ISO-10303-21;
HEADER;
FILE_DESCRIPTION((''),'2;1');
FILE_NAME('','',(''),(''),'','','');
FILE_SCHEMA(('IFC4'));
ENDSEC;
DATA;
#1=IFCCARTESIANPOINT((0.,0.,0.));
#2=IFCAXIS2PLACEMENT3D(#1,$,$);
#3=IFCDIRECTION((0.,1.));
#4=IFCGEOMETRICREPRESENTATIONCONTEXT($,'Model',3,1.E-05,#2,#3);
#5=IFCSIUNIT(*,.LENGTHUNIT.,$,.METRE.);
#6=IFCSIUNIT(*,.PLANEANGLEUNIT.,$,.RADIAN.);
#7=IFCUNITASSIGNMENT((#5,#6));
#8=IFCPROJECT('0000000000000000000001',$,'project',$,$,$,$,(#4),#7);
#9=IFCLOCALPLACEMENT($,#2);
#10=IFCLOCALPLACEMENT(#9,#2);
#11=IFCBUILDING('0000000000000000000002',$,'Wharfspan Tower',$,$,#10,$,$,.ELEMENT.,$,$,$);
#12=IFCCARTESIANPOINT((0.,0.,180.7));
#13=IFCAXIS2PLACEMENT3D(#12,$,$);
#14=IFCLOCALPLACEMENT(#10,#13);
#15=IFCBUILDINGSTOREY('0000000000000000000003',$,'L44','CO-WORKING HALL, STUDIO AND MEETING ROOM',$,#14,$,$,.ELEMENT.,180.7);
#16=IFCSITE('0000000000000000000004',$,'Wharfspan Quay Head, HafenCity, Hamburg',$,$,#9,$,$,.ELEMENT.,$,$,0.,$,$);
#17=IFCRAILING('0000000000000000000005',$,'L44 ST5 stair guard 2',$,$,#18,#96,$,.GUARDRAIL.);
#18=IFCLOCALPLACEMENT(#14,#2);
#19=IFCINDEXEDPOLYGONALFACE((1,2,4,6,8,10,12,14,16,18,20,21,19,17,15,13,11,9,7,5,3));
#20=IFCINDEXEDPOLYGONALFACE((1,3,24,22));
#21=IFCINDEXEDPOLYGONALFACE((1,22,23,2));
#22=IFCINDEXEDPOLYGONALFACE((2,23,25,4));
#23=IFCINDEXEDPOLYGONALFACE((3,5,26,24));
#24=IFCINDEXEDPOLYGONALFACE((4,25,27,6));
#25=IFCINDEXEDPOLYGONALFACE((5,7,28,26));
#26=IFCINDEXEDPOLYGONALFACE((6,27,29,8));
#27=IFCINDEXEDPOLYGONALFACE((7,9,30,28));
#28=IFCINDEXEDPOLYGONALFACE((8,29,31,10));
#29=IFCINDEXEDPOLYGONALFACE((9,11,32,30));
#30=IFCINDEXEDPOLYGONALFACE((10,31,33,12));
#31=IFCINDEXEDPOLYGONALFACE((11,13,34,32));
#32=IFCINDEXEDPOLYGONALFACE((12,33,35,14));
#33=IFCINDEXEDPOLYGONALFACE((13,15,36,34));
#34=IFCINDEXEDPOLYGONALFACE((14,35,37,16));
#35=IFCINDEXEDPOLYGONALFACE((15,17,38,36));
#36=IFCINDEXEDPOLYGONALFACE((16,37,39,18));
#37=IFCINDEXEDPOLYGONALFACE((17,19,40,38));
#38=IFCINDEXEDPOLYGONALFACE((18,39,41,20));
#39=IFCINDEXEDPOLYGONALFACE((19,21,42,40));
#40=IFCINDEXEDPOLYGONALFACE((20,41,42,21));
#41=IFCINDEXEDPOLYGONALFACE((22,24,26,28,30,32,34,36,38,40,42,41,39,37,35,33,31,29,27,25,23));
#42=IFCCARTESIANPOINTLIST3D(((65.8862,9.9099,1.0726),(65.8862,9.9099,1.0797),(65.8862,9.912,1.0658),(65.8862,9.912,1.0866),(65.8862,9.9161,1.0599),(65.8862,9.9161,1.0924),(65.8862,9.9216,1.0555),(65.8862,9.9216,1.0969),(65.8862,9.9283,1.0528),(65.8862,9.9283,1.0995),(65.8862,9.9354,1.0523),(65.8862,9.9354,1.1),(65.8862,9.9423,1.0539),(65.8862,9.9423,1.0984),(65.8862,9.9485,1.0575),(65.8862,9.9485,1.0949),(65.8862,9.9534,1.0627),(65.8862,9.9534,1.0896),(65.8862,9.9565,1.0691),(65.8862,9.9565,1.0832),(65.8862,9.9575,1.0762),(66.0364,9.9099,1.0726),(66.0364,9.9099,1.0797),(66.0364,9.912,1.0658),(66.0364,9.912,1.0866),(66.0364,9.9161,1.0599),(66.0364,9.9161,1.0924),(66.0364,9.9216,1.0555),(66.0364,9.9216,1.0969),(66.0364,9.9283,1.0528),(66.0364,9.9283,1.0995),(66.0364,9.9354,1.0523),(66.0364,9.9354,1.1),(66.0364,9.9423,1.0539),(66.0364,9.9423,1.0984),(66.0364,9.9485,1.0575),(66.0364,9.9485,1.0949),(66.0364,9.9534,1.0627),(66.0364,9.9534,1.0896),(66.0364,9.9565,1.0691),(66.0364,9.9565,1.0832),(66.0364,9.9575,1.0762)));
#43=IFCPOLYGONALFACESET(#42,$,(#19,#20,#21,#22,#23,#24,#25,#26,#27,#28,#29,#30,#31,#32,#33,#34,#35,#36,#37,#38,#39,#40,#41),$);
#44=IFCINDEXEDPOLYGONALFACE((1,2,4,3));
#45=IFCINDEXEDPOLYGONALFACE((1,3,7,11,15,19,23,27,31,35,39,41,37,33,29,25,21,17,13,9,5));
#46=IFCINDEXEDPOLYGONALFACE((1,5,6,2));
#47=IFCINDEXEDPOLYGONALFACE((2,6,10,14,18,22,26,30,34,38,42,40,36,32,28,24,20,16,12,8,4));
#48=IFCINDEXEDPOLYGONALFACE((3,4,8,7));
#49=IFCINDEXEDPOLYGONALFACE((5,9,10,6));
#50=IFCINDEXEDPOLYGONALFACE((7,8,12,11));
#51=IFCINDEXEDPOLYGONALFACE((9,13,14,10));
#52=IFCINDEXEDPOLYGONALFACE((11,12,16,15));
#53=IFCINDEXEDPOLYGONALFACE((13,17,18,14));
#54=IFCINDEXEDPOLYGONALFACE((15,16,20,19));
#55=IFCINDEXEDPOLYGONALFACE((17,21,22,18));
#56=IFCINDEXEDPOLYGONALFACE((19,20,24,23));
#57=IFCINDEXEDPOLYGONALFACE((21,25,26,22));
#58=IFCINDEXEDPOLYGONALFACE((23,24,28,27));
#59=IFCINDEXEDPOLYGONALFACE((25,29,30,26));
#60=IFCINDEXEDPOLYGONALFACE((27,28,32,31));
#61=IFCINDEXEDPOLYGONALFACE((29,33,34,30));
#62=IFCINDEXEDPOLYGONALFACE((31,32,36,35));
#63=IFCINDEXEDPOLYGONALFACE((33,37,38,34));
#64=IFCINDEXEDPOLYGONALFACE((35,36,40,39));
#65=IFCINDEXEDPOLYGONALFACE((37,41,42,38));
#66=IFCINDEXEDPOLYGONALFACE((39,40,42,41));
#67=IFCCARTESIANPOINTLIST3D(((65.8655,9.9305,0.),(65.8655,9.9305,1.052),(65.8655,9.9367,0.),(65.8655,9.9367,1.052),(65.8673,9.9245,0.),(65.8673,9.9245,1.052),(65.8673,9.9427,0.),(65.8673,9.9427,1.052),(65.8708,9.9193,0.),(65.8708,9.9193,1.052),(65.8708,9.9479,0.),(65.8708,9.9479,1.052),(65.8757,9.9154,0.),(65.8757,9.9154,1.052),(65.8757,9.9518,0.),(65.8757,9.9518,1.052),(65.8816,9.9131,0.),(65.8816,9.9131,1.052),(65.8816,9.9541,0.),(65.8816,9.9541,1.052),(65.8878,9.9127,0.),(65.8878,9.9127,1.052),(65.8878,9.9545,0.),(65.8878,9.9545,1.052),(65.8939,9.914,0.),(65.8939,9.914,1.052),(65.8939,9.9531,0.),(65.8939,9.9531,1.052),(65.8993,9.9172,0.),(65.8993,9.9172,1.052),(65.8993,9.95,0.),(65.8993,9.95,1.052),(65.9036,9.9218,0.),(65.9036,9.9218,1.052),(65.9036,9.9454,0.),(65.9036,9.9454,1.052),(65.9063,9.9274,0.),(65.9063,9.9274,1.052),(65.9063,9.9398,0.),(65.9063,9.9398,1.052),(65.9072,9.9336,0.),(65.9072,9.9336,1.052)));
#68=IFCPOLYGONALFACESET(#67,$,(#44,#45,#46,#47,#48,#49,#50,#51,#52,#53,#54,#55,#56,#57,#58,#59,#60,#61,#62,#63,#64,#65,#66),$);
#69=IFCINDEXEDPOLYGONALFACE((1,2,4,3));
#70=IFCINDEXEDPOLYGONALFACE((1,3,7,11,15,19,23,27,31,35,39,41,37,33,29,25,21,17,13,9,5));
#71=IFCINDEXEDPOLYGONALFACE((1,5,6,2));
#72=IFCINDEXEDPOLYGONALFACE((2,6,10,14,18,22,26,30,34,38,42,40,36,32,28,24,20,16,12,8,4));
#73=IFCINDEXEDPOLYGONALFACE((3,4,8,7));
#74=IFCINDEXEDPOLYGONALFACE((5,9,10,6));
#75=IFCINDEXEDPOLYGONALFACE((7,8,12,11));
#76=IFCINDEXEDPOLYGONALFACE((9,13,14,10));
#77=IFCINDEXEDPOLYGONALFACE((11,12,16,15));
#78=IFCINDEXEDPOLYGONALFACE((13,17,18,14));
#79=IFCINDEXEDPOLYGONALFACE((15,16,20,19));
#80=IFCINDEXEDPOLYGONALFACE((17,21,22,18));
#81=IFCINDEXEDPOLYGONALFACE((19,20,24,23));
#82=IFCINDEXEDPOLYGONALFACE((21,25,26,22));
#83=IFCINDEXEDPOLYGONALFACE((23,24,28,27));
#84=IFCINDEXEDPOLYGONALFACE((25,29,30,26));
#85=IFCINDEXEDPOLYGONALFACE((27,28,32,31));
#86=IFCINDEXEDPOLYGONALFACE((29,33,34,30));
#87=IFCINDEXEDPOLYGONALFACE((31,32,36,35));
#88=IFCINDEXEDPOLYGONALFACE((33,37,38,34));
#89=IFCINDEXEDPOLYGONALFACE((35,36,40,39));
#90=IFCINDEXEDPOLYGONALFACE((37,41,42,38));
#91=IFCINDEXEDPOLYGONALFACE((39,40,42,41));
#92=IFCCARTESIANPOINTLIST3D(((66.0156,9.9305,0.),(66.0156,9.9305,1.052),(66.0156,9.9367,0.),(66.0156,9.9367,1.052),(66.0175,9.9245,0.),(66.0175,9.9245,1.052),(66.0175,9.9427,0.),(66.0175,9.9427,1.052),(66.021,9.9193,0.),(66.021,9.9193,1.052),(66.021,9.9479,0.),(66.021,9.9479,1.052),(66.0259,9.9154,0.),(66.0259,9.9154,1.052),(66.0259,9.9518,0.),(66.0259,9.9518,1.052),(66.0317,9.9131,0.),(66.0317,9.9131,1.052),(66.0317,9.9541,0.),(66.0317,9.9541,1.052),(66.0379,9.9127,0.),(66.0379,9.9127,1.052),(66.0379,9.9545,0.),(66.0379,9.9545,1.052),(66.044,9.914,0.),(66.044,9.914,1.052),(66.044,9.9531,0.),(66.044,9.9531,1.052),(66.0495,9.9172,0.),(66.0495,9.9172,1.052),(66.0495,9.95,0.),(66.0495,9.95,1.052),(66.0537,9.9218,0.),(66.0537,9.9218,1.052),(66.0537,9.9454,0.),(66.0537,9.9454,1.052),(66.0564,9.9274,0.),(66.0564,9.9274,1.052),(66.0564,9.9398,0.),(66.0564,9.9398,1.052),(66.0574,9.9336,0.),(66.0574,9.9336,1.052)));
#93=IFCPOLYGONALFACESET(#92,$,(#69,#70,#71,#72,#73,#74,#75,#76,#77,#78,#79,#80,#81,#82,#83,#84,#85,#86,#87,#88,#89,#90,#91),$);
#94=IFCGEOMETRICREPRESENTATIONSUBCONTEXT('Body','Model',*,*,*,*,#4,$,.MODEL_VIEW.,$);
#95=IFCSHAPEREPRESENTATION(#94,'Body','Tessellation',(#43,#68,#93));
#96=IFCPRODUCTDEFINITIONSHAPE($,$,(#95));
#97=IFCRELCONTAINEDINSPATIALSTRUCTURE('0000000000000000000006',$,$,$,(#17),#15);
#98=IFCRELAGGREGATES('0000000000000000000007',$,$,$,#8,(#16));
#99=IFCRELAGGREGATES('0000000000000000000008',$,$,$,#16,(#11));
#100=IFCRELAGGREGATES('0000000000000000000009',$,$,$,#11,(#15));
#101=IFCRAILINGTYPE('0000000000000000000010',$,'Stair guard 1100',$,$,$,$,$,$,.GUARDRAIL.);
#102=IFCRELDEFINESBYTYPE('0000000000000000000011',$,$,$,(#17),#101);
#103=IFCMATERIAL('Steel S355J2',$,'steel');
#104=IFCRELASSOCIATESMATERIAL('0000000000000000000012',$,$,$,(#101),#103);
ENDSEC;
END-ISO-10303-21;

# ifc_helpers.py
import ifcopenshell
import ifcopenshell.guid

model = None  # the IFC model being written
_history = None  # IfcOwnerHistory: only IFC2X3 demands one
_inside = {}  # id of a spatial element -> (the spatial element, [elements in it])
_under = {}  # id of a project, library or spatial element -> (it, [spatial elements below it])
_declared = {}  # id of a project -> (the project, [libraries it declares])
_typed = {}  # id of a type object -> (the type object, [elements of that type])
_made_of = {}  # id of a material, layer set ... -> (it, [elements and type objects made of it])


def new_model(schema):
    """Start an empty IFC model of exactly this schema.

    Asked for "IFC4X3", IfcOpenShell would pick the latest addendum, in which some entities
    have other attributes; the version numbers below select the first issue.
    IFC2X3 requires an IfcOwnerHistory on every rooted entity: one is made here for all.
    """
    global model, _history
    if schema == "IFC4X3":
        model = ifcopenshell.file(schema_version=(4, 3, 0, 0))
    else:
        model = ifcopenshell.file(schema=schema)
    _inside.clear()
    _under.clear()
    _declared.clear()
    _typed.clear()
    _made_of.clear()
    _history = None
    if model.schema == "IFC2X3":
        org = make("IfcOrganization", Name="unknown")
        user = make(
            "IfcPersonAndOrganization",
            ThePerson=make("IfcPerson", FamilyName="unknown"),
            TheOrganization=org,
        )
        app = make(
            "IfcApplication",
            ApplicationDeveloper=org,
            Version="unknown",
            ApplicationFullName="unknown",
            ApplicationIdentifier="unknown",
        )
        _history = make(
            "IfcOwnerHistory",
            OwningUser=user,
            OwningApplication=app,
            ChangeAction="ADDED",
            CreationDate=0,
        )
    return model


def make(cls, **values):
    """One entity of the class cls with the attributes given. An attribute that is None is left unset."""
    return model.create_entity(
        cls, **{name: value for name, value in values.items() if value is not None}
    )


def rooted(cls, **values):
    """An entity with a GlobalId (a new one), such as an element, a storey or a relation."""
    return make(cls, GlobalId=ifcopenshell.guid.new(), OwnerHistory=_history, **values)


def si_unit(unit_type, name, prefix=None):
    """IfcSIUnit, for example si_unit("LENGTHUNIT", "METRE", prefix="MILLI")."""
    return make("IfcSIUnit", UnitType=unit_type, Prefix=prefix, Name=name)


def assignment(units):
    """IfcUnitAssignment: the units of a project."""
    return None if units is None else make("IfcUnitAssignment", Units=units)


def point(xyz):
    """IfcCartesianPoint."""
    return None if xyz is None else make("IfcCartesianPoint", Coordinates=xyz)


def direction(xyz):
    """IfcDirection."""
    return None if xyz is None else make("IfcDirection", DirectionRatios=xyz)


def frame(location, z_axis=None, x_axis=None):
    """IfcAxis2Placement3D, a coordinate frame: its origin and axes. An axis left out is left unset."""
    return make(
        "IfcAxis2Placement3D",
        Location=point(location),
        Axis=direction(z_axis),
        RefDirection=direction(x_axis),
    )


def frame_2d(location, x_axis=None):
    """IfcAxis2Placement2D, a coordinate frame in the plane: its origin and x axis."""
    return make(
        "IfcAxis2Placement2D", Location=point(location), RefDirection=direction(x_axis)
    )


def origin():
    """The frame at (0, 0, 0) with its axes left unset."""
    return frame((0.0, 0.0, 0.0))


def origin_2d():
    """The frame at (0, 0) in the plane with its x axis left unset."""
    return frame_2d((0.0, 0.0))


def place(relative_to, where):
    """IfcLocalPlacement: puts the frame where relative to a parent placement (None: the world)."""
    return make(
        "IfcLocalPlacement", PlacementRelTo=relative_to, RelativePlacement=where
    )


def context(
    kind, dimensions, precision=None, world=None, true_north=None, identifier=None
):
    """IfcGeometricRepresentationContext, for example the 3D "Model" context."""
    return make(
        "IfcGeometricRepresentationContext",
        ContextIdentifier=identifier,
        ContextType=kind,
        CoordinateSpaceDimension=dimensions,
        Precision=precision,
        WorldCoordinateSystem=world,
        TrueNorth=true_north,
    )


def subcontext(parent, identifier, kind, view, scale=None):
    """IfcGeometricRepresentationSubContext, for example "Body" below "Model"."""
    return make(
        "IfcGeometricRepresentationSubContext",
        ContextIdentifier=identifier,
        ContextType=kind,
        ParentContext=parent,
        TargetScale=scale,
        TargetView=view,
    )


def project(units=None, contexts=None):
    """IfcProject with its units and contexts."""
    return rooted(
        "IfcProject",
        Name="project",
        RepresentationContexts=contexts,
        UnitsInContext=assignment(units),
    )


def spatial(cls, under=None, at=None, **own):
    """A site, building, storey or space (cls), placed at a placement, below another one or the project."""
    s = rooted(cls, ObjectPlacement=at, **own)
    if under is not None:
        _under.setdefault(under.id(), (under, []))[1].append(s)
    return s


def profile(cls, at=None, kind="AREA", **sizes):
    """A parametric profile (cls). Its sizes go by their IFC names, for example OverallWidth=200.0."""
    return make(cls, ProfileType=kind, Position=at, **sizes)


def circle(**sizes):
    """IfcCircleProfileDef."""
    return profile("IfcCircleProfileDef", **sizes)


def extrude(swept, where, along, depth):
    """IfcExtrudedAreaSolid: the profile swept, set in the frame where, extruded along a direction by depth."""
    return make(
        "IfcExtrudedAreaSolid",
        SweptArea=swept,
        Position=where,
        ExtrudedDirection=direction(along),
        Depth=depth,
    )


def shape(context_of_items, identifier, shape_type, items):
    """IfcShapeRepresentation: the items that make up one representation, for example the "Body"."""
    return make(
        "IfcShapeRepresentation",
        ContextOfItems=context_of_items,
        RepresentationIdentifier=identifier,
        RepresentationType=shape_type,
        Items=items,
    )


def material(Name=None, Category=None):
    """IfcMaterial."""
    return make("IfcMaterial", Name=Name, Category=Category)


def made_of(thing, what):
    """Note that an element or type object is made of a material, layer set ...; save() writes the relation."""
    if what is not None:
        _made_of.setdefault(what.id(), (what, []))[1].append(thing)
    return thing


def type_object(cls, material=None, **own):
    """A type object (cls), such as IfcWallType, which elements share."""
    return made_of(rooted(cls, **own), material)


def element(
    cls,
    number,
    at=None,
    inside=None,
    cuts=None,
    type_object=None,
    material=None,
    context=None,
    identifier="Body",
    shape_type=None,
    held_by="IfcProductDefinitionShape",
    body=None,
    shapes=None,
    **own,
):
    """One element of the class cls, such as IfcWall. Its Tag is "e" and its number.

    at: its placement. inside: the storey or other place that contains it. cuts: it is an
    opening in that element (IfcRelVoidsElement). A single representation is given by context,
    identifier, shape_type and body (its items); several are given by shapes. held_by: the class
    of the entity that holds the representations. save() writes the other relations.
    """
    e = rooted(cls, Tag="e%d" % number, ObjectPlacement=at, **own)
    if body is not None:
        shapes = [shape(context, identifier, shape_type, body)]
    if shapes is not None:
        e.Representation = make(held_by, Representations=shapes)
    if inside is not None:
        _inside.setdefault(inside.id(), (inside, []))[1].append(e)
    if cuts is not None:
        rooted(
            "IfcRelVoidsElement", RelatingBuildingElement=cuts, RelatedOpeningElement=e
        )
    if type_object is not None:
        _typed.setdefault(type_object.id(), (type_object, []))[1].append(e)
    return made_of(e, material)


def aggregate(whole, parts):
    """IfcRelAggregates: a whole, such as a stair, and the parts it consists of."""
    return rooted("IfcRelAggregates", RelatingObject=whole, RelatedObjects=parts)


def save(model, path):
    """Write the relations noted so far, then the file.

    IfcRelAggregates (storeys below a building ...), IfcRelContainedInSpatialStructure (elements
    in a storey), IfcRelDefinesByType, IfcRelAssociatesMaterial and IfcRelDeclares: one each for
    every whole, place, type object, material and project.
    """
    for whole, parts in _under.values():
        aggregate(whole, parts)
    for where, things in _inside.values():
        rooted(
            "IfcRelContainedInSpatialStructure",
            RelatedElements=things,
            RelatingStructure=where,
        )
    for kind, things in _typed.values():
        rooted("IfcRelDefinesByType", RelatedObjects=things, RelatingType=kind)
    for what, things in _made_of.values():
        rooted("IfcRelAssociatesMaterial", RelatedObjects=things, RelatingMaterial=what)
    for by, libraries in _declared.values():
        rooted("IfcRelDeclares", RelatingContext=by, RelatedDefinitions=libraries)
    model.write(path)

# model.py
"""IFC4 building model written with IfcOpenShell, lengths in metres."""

from ifc_helpers import new_model, si_unit, direction, frame, origin, origin_2d, place, context, subcontext, project, spatial, circle, extrude, material, type_object, element, save


model = new_model("IFC4")

# Units and contexts
model_context = context("Model", 3, precision=1e-05, world=origin(), true_north=direction((0.0, 1.0)))
body_context = subcontext(model_context, "Body", "Model", "MODEL_VIEW")
ifc_project = project(units=[si_unit("LENGTHUNIT", "METRE"), si_unit("PLANEANGLEUNIT", "RADIAN")], contexts=[model_context])

# Site, building, storey
site_placement = place(None, origin())
site = spatial("IfcSite", under=ifc_project, at=site_placement, Name="Wharfspan Quay Head, HafenCity, Hamburg", CompositionType="ELEMENT", RefElevation=0.0)
building_placement = place(site_placement, origin())
building = spatial("IfcBuilding", under=site, at=building_placement, Name="Wharfspan Tower", CompositionType="ELEMENT")
storey_placement = place(building_placement, frame((0.0, 0.0, 180.7)))
storey = spatial("IfcBuildingStorey", under=building, at=storey_placement, Name="L44", Description="CO-WORKING HALL, STUDIO AND MEETING ROOM", CompositionType="ELEMENT", Elevation=180.7)

# Shared definitions
ifc_material_1 = material(Name="Steel S355J2", Category="steel")

# Railing
railing_type_1 = type_object("IfcRailingType", Name="Stair guard 1100", PredefinedType="GUARDRAIL", material=ifc_material_1)
railing_1_placement = place(storey_placement, frame((65.8862, 9.9336, 0.0)))
element("IfcRailing", 1, at=railing_1_placement, inside=storey, type_object=railing_type_1, Name="L44 ST5 stair guard 2", PredefinedType="GUARDRAIL", context=body_context, shape_type="SweptSolid", body=[
    extrude(circle(Radius=0.0239, at=origin_2d()), frame((0.0, 0.0, 1.0762), z_axis=(1.0, 0.0, 0.0), x_axis=(0.0, 1.0, 0.0)), (0.0, 0.0, 1.0), 0.1501),
    extrude(circle(Radius=0.021, at=origin_2d()), origin(), (0.0, 0.0, 1.0), 1.052),
    extrude(circle(Radius=0.021, at=origin_2d()), frame((0.1501, 0.0, 0.0)), (0.0, 0.0, 1.0), 1.052),
])

save(model, "model.ifc")
